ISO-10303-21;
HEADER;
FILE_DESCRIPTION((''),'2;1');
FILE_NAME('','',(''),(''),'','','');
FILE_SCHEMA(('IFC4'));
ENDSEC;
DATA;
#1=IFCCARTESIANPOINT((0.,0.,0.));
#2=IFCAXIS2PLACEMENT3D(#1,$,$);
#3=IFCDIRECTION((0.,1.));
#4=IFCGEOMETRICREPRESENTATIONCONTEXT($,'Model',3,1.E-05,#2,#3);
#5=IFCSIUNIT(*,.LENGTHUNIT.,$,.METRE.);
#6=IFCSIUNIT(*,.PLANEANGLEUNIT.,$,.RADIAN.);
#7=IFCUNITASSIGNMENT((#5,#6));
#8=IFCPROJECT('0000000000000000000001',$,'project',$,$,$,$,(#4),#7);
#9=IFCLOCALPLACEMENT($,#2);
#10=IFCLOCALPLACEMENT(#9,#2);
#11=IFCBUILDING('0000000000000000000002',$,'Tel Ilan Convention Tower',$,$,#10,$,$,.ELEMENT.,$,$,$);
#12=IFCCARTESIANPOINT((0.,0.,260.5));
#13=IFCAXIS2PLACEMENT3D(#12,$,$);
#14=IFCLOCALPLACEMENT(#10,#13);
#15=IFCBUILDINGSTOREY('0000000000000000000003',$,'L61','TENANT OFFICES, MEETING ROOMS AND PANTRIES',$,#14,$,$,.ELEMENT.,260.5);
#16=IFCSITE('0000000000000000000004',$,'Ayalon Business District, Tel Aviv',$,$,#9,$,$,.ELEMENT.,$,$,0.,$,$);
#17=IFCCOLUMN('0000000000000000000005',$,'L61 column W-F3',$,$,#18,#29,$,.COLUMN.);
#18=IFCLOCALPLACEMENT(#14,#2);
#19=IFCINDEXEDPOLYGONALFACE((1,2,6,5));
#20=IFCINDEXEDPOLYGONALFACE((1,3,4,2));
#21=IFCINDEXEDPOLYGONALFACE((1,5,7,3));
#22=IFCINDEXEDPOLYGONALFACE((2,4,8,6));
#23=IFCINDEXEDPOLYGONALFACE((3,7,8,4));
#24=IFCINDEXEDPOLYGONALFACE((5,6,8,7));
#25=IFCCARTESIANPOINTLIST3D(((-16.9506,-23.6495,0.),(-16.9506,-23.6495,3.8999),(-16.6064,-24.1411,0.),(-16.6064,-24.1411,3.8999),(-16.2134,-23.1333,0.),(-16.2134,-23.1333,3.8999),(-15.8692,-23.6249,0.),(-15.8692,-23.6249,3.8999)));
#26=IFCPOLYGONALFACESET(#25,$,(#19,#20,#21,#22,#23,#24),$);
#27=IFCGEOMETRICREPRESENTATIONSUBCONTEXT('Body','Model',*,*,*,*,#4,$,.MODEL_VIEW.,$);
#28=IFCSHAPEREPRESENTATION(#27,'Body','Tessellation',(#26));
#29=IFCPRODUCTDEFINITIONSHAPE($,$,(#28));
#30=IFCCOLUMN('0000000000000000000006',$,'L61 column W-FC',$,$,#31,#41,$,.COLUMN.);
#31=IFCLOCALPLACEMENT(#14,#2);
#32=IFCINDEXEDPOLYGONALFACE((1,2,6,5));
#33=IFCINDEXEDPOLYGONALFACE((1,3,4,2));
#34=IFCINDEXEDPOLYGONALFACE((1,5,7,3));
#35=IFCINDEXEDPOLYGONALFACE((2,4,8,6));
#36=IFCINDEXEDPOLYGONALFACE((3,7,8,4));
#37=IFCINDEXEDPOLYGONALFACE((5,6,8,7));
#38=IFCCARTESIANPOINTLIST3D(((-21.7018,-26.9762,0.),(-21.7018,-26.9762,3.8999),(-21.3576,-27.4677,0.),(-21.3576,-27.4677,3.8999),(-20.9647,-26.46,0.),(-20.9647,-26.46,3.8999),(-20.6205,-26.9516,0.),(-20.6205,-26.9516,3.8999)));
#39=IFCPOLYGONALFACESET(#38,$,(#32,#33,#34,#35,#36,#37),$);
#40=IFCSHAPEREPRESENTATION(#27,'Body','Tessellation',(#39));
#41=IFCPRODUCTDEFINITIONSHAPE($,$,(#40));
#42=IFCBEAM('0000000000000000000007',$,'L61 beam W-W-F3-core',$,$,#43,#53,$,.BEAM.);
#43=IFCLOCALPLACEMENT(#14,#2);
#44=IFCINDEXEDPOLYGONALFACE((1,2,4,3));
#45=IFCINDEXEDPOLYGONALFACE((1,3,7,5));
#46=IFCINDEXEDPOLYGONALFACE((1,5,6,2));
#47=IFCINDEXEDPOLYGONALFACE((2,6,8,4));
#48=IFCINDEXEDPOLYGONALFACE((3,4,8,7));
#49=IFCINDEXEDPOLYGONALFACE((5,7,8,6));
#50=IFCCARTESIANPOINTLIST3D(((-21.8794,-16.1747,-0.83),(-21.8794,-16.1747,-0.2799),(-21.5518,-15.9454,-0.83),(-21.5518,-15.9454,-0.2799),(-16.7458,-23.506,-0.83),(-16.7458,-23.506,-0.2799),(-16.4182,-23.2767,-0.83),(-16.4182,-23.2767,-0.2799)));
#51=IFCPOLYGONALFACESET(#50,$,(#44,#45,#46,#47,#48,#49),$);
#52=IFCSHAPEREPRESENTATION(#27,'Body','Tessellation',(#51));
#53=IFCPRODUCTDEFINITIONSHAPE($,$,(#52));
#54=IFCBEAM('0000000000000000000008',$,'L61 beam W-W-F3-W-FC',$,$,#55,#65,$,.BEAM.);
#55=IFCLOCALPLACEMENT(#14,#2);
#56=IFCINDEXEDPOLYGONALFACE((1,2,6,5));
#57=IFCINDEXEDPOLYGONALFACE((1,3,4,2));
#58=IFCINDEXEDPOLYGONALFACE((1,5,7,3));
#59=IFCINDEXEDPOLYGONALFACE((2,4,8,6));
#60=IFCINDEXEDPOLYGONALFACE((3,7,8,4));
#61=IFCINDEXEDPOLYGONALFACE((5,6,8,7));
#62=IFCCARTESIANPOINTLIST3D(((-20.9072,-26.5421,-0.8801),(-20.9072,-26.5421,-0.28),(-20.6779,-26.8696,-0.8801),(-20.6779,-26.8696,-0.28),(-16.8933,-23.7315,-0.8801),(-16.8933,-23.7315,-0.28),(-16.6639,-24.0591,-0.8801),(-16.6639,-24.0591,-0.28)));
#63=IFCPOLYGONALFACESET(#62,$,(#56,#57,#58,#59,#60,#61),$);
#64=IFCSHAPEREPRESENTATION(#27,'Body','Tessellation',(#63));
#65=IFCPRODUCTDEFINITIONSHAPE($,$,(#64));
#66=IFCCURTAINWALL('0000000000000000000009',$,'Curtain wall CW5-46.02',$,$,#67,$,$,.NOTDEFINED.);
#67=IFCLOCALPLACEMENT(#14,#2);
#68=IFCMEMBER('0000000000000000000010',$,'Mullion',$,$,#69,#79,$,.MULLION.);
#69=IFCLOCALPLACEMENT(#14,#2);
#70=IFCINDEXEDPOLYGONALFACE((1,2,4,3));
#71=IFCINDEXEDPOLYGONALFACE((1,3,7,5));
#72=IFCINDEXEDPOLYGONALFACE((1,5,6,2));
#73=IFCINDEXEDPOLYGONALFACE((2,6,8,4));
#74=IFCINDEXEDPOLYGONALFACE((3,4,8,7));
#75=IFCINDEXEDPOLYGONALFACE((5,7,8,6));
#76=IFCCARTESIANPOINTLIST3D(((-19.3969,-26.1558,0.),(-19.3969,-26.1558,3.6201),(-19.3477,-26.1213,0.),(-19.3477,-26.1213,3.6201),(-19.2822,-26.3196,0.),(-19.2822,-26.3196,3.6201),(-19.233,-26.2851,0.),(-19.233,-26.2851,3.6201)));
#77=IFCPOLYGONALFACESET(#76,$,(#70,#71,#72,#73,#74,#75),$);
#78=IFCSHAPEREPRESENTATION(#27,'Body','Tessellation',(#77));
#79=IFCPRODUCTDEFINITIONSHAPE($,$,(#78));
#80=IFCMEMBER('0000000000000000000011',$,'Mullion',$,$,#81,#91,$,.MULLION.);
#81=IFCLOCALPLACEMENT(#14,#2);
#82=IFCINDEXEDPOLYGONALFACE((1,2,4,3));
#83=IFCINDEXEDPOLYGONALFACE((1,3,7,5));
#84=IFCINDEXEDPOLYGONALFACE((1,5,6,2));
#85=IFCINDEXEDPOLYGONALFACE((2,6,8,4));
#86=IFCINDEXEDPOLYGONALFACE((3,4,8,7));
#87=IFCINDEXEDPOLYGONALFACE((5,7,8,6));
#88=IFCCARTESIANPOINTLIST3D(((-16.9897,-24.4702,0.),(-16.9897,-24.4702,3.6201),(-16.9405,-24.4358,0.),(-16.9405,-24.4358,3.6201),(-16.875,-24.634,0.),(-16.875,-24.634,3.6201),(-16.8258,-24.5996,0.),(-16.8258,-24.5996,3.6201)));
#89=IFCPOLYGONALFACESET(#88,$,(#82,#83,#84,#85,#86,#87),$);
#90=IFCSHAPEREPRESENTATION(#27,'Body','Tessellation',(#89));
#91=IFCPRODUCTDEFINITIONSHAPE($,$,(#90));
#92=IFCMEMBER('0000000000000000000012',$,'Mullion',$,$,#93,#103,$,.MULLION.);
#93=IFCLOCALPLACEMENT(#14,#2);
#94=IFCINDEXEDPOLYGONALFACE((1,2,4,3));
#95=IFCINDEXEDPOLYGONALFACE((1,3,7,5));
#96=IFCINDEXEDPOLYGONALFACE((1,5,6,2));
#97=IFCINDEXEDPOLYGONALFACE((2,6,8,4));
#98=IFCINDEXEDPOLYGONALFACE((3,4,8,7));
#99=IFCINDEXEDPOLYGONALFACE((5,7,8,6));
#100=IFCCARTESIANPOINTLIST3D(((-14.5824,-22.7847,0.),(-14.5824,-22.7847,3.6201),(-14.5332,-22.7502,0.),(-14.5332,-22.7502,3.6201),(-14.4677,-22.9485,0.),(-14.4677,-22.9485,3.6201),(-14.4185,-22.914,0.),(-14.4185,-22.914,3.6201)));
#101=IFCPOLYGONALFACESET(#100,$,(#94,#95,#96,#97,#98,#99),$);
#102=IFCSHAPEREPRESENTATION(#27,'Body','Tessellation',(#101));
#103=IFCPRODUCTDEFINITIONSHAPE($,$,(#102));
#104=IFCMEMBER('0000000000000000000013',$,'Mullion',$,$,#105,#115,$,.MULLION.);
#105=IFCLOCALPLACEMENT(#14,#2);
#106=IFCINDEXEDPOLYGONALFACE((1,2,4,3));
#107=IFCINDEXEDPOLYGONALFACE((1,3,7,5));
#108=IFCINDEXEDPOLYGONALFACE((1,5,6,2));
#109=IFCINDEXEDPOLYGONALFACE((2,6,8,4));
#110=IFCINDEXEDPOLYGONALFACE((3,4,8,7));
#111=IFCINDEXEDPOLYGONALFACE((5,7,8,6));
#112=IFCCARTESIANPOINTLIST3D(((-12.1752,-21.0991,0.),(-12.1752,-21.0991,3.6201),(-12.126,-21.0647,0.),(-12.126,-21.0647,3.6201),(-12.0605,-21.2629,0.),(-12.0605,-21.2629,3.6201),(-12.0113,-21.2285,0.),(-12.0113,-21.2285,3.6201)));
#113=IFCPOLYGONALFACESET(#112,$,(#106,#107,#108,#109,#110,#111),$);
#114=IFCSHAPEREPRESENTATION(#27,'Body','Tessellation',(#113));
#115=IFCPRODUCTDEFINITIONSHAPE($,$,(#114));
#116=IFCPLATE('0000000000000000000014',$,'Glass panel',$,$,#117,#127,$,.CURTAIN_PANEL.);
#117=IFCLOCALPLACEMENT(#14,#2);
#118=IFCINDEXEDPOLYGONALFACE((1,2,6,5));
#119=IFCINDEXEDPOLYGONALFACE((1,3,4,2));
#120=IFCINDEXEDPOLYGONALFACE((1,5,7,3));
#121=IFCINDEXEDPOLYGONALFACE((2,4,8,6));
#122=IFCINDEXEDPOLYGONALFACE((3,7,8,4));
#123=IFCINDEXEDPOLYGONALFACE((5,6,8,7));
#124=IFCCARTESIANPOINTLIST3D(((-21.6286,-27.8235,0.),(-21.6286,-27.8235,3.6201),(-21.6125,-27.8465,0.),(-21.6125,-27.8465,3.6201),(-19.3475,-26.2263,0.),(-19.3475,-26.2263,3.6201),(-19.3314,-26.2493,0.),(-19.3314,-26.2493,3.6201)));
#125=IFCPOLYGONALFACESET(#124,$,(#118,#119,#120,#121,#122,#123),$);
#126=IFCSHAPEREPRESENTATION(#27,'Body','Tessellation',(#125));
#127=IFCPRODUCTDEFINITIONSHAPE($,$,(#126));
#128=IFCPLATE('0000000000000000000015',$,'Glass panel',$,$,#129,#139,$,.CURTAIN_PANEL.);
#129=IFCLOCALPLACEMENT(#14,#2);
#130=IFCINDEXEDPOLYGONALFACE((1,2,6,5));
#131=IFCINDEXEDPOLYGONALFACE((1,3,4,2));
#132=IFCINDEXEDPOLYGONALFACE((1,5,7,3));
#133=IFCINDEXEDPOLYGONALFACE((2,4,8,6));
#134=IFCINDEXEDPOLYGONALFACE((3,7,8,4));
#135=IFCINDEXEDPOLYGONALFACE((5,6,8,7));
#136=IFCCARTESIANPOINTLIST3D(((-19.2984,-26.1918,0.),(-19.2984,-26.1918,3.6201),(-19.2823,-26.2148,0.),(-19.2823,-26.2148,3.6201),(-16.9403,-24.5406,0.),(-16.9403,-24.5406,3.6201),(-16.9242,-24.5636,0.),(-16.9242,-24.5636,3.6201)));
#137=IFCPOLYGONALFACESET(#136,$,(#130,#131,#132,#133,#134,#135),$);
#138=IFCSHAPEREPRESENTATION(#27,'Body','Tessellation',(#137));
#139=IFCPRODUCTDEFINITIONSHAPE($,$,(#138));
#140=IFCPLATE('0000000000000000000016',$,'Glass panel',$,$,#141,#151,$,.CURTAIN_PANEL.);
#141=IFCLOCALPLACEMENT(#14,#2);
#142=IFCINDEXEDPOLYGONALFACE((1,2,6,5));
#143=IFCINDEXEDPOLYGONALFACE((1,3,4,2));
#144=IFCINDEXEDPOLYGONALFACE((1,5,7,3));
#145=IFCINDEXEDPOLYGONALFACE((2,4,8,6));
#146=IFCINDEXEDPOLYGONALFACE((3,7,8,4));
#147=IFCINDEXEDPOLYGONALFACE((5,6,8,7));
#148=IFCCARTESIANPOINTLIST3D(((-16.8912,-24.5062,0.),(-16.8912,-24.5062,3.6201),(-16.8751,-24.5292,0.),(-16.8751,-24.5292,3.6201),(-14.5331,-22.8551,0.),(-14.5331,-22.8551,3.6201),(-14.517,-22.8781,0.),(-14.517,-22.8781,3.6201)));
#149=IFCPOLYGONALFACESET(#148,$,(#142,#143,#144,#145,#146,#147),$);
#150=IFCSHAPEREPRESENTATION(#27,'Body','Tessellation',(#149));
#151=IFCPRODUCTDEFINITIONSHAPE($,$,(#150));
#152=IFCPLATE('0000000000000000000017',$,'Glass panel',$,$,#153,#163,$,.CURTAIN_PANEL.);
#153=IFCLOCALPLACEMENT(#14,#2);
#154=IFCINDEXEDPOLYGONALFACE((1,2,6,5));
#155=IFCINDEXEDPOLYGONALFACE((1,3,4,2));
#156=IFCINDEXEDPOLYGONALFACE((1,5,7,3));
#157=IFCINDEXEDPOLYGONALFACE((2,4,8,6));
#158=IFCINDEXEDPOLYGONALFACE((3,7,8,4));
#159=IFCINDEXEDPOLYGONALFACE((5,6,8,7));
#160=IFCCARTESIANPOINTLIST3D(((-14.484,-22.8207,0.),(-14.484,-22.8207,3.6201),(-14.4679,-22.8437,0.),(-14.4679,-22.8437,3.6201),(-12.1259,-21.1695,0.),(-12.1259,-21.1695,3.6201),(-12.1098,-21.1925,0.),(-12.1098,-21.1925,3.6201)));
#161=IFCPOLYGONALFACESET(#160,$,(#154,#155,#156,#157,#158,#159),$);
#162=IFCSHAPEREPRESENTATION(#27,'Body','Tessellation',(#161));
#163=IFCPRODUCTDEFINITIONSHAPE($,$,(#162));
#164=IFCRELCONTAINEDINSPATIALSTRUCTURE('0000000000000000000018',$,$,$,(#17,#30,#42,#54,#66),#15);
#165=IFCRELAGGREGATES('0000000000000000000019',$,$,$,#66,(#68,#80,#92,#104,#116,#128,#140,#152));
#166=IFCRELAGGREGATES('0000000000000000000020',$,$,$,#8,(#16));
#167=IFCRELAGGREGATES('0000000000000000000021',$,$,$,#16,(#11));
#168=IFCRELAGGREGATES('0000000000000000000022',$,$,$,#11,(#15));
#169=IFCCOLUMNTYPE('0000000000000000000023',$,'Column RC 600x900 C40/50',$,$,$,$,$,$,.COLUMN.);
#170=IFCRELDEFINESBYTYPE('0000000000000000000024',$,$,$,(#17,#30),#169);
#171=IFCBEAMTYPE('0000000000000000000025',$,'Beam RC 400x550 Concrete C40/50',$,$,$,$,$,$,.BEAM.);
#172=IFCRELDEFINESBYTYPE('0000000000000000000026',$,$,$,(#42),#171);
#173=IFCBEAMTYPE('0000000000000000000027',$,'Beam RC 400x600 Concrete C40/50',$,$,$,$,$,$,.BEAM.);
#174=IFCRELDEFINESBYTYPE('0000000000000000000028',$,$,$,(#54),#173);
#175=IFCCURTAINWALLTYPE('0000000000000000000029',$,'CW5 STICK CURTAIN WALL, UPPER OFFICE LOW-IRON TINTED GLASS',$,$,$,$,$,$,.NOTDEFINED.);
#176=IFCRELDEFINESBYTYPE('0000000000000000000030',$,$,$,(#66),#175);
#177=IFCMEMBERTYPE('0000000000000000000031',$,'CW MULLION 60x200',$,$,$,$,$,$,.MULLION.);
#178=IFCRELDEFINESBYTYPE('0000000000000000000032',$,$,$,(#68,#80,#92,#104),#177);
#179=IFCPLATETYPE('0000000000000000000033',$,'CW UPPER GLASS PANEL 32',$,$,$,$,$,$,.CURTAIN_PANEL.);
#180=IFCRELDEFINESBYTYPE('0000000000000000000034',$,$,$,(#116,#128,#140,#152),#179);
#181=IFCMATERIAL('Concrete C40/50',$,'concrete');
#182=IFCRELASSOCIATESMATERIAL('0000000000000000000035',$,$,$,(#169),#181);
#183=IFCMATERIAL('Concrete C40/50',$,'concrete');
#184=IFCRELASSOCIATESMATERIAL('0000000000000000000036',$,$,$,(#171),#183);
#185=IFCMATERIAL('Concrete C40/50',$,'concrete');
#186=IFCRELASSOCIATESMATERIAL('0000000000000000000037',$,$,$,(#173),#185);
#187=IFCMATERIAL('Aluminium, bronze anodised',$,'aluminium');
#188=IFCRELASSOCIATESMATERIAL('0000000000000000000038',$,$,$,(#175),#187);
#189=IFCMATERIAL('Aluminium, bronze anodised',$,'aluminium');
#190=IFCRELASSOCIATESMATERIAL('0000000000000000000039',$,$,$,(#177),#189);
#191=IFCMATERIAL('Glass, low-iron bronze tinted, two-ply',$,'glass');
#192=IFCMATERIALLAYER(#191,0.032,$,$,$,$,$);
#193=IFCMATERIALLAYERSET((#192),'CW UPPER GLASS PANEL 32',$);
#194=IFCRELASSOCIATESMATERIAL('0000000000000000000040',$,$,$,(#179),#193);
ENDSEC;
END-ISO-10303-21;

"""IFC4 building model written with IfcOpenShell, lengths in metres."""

from ifc_helpers import new_model, si_unit, direction, frame, origin, origin_2d, place, context, subcontext, project, spatial, rectangle, extrude, material, layer, layer_set, material_profile, profile_set, type_object, element, aggregate, save


model = new_model("IFC4")

# Units and contexts
model_context = context("Model", 3, precision=1e-05, world=origin(), true_north=direction((0.0, 1.0)))
body_context = subcontext(model_context, "Body", "Model", "MODEL_VIEW")
ifc_project = project(units=[si_unit("LENGTHUNIT", "METRE"), si_unit("PLANEANGLEUNIT", "RADIAN")], contexts=[model_context])

# Site, building, storey
site_placement = place(None, origin())
site = spatial("IfcSite", under=ifc_project, at=site_placement, Name="Ayalon Business District, Tel Aviv", CompositionType="ELEMENT", RefElevation=0.0)
building_placement = place(site_placement, origin())
building = spatial("IfcBuilding", under=site, at=building_placement, Name="Tel Ilan Convention Tower", CompositionType="ELEMENT")
storey_placement = place(building_placement, frame((0.0, 0.0, 260.5)))
storey = spatial("IfcBuildingStorey", under=building, at=storey_placement, Name="L61", Description="TENANT OFFICES, MEETING ROOMS AND PANTRIES", CompositionType="ELEMENT", Elevation=260.5)

# Columns
ifc_material_1 = material(Name="Concrete C40/50", Category="concrete")
ifc_material_profile_1 = material_profile(ifc_material_1, rectangle(XDim=0.8999, YDim=0.6001, at=origin_2d()), Name="RC 600x900")
ifc_profile_set_1 = profile_set([ifc_material_profile_1], Name="Concrete C40/50")
column_type = type_object("IfcColumnType", Name="Column RC 600x900 C40/50", PredefinedType="COLUMN", material=ifc_profile_set_1)
for number, where, z_axis, x_axis, name in (
    (1, (-16.4099, -23.6372, 0.0), (0.0, 0.0, 1.0), (-0.819152, -0.573576, 0.0), "L61 column W-F3"),
    (2, (-21.1611, -26.9639, 0.0), (0.0, 0.0, 1.0), (-0.819152, -0.573576, 0.0), "L61 column W-FC"),
):
    element("IfcColumn", number, at=place(storey_placement, frame(where, z_axis=z_axis, x_axis=x_axis)), inside=storey, type_object=column_type, Name=name, PredefinedType="COLUMN", context=body_context, shape_type="SweptSolid", body=[
        extrude(rectangle(XDim=0.8999, YDim=0.6001, at=origin_2d()), origin(), (0.0, 0.0, 1.0), 3.8999),
    ])

# Beams
ifc_material_2 = material(Name="Concrete C40/50", Category="concrete")
ifc_material_profile_2 = material_profile(ifc_material_2, rectangle(XDim=0.3999, YDim=0.55, at=origin_2d()), Name="RC 400x550")
ifc_profile_set_2 = profile_set([ifc_material_profile_2], Name="Concrete C40/50")
beam_type_1 = type_object("IfcBeamType", Name="Beam RC 400x550 Concrete C40/50", PredefinedType="BEAM", material=ifc_profile_set_2)
beam_1_placement = place(storey_placement, frame((-16.582, -23.3914, -0.5549), z_axis=(-0.573585, 0.819146, 0.0), x_axis=(-0.819146, -0.573585, 0.0)))
element("IfcBeam", 3, at=beam_1_placement, inside=storey, type_object=beam_type_1, Name="L61 beam W-W-F3-core", PredefinedType="BEAM", context=body_context, shape_type="SweptSolid", body=[
    extrude(rectangle(XDim=0.3999, YDim=0.55, at=origin_2d()), origin(), (0.0, 0.0, 1.0), 8.95),
])
ifc_material_3 = material(Name="Concrete C40/50", Category="concrete")
ifc_material_profile_3 = material_profile(ifc_material_3, rectangle(XDim=0.3999, YDim=0.6001, at=origin_2d()), Name="RC 400x600")
ifc_profile_set_3 = profile_set([ifc_material_profile_3], Name="Concrete C40/50")
beam_type_2 = type_object("IfcBeamType", Name="Beam RC 400x600 Concrete C40/50", PredefinedType="BEAM", material=ifc_profile_set_3)
beam_2_placement = place(storey_placement, frame((-16.7786, -23.8953, -0.5801), z_axis=(-0.819155, -0.573573, 0.0), x_axis=(0.573573, -0.819155, 0.0)))
element("IfcBeam", 4, at=beam_2_placement, inside=storey, type_object=beam_type_2, Name="L61 beam W-W-F3-W-FC", PredefinedType="BEAM", context=body_context, shape_type="SweptSolid", body=[
    extrude(rectangle(XDim=0.3999, YDim=0.6001, at=origin_2d()), origin(), (0.0, 0.0, 1.0), 4.9001),
])

# Curtain wall, members, plates
ifc_material_4 = material(Name="Aluminium, bronze anodised", Category="aluminium")
curtain_wall_type = type_object("IfcCurtainWallType", Name="CW5 STICK CURTAIN WALL, UPPER OFFICE LOW-IRON TINTED GLASS", PredefinedType="NOTDEFINED", material=ifc_material_4)
curtain_wall_placement = place(storey_placement, origin())
curtain_wall = element("IfcCurtainWall", 5, at=curtain_wall_placement, inside=storey, type_object=curtain_wall_type, Name="Curtain wall CW5-46.02", PredefinedType="NOTDEFINED")
ifc_material_5 = material(Name="Aluminium, bronze anodised", Category="aluminium")
ifc_material_profile_4 = material_profile(ifc_material_5, rectangle(XDim=0.0601, YDim=0.2, at=origin_2d()), Name="CW MULLION 60x200")
ifc_profile_set_4 = profile_set([ifc_material_profile_4], Name="Aluminium, bronze anodised")
member_type = type_object("IfcMemberType", Name="CW MULLION 60x200", PredefinedType="MULLION", material=ifc_profile_set_4)
member_1_placement = place(storey_placement, frame((-19.3149, -26.2205, 0.0), z_axis=(0.0, 0.0, 1.0), x_axis=(0.819152, 0.573576, 0.0)))
member_1 = element("IfcMember", 6, at=member_1_placement, type_object=member_type, Name="Mullion", PredefinedType="MULLION", context=body_context, shape_type="SweptSolid", body=[
    extrude(rectangle(XDim=0.0601, YDim=0.2, at=origin_2d()), origin(), (0.0, 0.0, 1.0), 3.6201),
])
member_2_placement = place(storey_placement, frame((-16.9077, -24.5349, 0.0), z_axis=(0.0, 0.0, 1.0), x_axis=(0.819152, 0.573576, 0.0)))
member_2 = element("IfcMember", 7, at=member_2_placement, type_object=member_type, Name="Mullion", PredefinedType="MULLION", context=body_context, shape_type="SweptSolid", body=[
    extrude(rectangle(XDim=0.0601, YDim=0.2, at=origin_2d()), origin(), (0.0, 0.0, 1.0), 3.6201),
])
member_3_placement = place(storey_placement, frame((-14.5005, -22.8494, 0.0), z_axis=(0.0, 0.0, 1.0), x_axis=(0.819152, 0.573576, 0.0)))
member_3 = element("IfcMember", 8, at=member_3_placement, type_object=member_type, Name="Mullion", PredefinedType="MULLION", context=body_context, shape_type="SweptSolid", body=[
    extrude(rectangle(XDim=0.0601, YDim=0.2, at=origin_2d()), origin(), (0.0, 0.0, 1.0), 3.6201),
])
member_4_placement = place(storey_placement, frame((-12.0933, -21.1638, 0.0), z_axis=(0.0, 0.0, 1.0), x_axis=(0.819152, 0.573576, 0.0)))
member_4 = element("IfcMember", 9, at=member_4_placement, type_object=member_type, Name="Mullion", PredefinedType="MULLION", context=body_context, shape_type="SweptSolid", body=[
    extrude(rectangle(XDim=0.0601, YDim=0.2, at=origin_2d()), origin(), (0.0, 0.0, 1.0), 3.6201),
])
ifc_material_6 = material(Name="Glass, low-iron bronze tinted, two-ply", Category="glass")
ifc_layer_1 = layer(ifc_material_6, 0.032)
ifc_layer_set_1 = layer_set([ifc_layer_1], Name="CW UPPER GLASS PANEL 32")
plate_type = type_object("IfcPlateType", Name="CW UPPER GLASS PANEL 32", PredefinedType="CURTAIN_PANEL", material=ifc_layer_set_1)
plate_1_placement = place(storey_placement, frame((-20.48, -27.0364, 0.0), z_axis=(0.0, 0.0, 1.0), x_axis=(0.819152, 0.573576, 0.0)))
plate_1 = element("IfcPlate", 10, at=plate_1_placement, type_object=plate_type, Name="Glass panel", PredefinedType="CURTAIN_PANEL", context=body_context, shape_type="SweptSolid", body=[
    extrude(rectangle(XDim=2.7847, YDim=0.0281, at=origin_2d()), origin(), (0.0, 0.0, 1.0), 3.6201),
])
plate_2_placement = place(storey_placement, frame((-18.1113, -25.3777, 0.0), z_axis=(0.0, 0.0, 1.0), x_axis=(0.819152, 0.573576, 0.0)))
plate_2 = element("IfcPlate", 11, at=plate_2_placement, type_object=plate_type, Name="Glass panel", PredefinedType="CURTAIN_PANEL", context=body_context, shape_type="SweptSolid", body=[
    extrude(rectangle(XDim=2.8787, YDim=0.0281, at=origin_2d()), origin(), (0.0, 0.0, 1.0), 3.6201),
])
plate_3_placement = place(storey_placement, frame((-15.7041, -23.6921, 0.0), z_axis=(0.0, 0.0, 1.0), x_axis=(0.819152, 0.573576, 0.0)))
plate_3 = element("IfcPlate", 12, at=plate_3_placement, type_object=plate_type, Name="Glass panel", PredefinedType="CURTAIN_PANEL", context=body_context, shape_type="SweptSolid", body=[
    extrude(rectangle(XDim=2.8787, YDim=0.0281, at=origin_2d()), origin(), (0.0, 0.0, 1.0), 3.6201),
])
plate_4_placement = place(storey_placement, frame((-13.2969, -22.0066, 0.0), z_axis=(0.0, 0.0, 1.0), x_axis=(0.819152, 0.573576, 0.0)))
plate_4 = element("IfcPlate", 13, at=plate_4_placement, type_object=plate_type, Name="Glass panel", PredefinedType="CURTAIN_PANEL", context=body_context, shape_type="SweptSolid", body=[
    extrude(rectangle(XDim=2.8787, YDim=0.0281, at=origin_2d()), origin(), (0.0, 0.0, 1.0), 3.6201),
])
aggregate(curtain_wall, [member_1, member_2, member_3, member_4, plate_1, plate_2, plate_3, plate_4])

save(model, "model.ifc")
